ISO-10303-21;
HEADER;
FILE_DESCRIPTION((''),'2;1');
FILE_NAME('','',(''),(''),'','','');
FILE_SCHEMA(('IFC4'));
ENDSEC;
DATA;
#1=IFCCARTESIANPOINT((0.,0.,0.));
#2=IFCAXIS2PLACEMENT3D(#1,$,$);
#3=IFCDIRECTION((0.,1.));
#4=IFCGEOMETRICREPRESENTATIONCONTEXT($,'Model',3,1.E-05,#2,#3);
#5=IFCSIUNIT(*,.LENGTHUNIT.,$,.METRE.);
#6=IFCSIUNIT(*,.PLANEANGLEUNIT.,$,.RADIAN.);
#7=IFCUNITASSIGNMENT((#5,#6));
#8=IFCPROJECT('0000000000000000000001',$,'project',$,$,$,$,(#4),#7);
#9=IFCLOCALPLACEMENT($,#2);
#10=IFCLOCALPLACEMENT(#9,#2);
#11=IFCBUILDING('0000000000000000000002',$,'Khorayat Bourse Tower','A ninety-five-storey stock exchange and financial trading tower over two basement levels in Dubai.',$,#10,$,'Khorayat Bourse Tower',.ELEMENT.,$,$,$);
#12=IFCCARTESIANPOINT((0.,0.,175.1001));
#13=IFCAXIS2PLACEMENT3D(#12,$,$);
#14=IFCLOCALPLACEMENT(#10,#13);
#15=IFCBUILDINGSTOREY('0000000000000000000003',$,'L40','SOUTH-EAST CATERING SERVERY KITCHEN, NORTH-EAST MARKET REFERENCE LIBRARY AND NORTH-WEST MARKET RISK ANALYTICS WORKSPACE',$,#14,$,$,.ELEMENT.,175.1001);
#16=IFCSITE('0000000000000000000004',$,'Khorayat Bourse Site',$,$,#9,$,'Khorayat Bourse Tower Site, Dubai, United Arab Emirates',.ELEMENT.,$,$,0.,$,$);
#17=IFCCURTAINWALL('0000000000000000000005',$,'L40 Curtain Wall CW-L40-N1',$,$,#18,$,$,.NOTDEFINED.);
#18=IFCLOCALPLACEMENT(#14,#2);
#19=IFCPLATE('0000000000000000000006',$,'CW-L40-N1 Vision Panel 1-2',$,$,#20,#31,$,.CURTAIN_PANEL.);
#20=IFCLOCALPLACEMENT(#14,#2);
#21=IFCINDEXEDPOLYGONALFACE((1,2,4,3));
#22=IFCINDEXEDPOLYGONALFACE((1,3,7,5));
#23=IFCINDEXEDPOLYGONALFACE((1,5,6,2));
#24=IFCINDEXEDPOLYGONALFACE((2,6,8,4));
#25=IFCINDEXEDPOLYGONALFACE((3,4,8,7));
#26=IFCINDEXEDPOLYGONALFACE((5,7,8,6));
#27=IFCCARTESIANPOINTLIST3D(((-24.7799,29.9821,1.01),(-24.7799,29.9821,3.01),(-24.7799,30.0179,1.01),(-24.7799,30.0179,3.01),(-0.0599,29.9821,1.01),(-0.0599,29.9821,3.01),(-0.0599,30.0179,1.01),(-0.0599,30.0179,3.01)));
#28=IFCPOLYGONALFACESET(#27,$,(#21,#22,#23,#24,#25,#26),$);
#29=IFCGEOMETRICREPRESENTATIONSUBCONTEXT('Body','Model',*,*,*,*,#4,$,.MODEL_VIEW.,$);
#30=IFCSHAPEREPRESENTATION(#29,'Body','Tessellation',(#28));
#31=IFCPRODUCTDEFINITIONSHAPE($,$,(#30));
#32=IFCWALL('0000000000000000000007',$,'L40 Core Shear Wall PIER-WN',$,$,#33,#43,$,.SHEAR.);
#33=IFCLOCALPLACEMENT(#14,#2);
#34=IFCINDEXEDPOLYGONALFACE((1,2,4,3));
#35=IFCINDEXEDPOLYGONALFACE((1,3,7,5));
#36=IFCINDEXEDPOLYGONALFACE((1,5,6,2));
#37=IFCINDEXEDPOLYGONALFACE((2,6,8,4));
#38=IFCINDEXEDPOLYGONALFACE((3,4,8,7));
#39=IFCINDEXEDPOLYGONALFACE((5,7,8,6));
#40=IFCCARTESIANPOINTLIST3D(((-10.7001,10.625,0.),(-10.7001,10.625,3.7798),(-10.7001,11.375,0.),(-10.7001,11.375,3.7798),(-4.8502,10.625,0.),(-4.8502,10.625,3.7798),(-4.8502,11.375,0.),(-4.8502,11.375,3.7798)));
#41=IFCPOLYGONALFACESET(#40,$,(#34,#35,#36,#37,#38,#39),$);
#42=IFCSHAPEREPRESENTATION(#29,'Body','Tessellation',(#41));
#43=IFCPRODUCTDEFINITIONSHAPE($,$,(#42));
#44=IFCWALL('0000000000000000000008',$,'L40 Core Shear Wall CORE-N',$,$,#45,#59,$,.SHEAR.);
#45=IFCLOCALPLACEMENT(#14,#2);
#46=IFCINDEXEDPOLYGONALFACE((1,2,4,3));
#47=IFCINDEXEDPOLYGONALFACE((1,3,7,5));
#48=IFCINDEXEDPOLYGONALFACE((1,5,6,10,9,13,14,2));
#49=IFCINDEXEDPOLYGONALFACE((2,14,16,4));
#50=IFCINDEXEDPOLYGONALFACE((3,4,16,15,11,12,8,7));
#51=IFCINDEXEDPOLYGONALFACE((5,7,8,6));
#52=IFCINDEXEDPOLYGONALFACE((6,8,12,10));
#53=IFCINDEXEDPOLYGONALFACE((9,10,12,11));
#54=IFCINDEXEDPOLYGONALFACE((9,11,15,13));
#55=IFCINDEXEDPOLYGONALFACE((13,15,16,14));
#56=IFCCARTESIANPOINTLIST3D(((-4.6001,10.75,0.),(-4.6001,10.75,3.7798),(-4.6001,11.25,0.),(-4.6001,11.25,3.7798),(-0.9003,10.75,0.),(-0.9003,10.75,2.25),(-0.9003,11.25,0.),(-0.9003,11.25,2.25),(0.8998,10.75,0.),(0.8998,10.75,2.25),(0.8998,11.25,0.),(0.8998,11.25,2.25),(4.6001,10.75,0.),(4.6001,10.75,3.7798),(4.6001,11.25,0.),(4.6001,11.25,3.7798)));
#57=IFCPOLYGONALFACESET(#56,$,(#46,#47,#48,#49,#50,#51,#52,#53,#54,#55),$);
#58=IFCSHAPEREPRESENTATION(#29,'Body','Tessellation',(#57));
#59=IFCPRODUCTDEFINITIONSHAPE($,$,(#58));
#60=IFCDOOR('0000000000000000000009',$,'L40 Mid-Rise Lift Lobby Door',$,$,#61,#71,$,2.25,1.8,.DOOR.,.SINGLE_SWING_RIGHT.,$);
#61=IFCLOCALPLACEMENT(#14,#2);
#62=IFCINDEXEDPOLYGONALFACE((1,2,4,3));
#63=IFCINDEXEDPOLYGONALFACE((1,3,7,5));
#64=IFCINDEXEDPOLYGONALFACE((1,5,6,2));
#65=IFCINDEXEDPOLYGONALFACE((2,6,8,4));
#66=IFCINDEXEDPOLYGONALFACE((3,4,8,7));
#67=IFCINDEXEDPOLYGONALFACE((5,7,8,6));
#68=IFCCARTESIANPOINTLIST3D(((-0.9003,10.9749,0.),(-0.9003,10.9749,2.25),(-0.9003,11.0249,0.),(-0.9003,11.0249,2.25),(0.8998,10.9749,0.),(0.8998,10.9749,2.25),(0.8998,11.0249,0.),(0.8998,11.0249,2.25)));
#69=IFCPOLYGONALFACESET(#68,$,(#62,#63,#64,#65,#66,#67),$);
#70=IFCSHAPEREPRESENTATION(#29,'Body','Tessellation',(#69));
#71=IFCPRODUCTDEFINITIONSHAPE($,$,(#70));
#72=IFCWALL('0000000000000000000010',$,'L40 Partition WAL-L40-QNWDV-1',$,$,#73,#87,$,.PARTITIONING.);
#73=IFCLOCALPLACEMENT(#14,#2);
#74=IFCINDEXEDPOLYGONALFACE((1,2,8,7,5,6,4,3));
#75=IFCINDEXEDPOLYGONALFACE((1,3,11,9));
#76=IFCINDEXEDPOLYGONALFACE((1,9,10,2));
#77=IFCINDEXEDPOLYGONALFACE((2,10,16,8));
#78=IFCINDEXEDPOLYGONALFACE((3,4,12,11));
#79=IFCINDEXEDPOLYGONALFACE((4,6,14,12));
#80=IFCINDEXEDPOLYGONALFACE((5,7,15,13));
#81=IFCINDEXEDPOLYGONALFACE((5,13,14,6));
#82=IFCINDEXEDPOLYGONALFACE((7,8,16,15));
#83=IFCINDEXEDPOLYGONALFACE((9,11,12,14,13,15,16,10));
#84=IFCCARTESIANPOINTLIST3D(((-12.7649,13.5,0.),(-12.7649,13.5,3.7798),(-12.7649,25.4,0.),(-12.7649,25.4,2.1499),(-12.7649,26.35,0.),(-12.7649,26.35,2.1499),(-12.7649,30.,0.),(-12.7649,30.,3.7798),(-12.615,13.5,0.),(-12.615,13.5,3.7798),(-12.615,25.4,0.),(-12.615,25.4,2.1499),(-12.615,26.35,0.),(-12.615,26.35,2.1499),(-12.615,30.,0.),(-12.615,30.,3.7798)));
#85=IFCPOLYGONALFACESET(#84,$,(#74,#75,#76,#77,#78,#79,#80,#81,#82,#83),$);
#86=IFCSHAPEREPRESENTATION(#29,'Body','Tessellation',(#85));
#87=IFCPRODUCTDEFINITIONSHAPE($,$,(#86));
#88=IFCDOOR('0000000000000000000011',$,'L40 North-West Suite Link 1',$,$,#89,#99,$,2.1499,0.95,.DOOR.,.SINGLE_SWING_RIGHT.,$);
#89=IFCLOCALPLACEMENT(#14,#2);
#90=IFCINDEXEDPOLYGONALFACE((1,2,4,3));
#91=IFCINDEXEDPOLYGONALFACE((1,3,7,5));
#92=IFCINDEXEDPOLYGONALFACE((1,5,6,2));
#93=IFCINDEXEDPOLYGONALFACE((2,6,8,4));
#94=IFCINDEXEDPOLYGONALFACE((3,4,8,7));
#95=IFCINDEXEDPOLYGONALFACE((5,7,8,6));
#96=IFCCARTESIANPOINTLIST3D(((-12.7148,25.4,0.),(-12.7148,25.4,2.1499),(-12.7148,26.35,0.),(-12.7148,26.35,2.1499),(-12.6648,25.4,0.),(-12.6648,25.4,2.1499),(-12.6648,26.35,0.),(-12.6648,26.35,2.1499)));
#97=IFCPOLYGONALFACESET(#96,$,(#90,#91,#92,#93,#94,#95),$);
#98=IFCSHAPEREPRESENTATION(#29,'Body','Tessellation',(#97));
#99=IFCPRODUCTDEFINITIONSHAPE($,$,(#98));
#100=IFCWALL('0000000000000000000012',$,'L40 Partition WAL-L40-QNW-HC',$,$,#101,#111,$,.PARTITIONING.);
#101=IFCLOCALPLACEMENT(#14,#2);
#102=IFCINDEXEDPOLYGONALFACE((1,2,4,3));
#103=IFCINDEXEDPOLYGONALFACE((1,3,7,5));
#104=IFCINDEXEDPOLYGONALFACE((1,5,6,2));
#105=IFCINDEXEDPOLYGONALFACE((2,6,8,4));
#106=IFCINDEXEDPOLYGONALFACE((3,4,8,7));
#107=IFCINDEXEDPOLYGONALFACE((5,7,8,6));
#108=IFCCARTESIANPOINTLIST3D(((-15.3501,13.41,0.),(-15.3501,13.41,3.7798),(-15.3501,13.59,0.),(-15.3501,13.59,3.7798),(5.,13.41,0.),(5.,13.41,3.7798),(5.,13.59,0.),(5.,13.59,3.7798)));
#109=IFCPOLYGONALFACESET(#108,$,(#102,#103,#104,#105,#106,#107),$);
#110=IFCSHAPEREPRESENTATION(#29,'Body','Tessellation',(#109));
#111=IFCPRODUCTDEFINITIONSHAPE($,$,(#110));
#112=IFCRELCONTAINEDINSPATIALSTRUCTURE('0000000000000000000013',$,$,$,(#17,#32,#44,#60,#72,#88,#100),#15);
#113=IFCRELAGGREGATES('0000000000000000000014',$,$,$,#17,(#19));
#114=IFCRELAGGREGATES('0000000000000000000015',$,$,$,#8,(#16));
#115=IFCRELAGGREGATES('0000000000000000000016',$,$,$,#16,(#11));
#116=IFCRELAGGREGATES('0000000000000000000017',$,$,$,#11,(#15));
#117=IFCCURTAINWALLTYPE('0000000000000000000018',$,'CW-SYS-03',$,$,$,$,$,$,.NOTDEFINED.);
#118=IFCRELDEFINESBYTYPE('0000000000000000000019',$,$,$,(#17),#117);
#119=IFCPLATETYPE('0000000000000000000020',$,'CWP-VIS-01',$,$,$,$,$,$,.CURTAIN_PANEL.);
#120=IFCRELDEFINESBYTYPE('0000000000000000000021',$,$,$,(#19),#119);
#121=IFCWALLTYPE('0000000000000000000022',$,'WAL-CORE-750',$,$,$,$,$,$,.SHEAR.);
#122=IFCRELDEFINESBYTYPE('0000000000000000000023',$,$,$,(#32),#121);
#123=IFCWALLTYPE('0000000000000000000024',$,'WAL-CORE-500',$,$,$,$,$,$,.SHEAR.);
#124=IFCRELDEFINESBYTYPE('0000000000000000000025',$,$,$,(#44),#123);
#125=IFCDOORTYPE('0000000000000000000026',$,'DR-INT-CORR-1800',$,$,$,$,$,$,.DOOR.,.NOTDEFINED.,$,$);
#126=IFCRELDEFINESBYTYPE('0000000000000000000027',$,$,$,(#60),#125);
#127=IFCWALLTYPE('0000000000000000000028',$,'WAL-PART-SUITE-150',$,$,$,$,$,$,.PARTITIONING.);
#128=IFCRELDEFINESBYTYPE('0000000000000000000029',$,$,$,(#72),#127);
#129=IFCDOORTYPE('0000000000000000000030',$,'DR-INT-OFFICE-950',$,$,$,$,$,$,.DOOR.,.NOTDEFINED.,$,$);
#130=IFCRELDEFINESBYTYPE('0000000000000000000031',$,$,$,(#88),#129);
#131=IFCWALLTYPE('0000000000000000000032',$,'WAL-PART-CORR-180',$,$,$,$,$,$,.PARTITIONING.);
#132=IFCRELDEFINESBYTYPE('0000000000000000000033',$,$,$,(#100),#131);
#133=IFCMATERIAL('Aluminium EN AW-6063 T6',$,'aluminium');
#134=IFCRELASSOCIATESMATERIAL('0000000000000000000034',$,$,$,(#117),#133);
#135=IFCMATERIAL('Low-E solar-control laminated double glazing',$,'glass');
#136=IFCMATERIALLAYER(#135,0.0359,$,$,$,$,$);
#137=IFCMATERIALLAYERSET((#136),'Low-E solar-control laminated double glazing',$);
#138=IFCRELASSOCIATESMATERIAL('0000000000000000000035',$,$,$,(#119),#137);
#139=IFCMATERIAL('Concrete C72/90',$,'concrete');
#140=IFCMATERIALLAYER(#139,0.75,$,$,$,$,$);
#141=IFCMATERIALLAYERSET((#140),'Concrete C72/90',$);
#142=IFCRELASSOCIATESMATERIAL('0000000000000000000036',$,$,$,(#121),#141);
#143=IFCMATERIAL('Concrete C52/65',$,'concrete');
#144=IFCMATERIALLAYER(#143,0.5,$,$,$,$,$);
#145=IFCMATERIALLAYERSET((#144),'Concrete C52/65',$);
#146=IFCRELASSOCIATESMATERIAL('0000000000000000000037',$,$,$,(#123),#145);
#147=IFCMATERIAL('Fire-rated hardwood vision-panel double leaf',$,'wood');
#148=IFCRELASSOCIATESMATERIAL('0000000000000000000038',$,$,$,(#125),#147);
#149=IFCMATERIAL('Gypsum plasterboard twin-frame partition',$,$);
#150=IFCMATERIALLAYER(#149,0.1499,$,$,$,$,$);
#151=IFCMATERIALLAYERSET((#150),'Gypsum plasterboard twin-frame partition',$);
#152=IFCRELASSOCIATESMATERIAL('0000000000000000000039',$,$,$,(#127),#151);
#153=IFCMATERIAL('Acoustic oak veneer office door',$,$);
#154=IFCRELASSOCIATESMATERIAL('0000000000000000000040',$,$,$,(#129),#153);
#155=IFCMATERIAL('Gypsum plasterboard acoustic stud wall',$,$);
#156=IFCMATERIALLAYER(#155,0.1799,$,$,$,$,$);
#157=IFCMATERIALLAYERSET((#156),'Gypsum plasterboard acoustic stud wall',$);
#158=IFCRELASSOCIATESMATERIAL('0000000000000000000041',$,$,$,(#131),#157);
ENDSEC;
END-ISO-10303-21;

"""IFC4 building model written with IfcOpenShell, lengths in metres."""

from ifc_helpers import new_model, si_unit, direction, frame, frame_2d, origin, origin_2d, place, context, subcontext, project, spatial, rectangle, extrude, source, transform, mapped, material, layer, layer_set, type_object, element, fill, aggregate, save


model = new_model("IFC4")

# Units and contexts
model_context = context("Model", 3, precision=1e-05, world=origin(), true_north=direction((0.0, 1.0)))
body_context = subcontext(model_context, "Body", "Model", "MODEL_VIEW")
ifc_project = project(units=[si_unit("LENGTHUNIT", "METRE"), si_unit("PLANEANGLEUNIT", "RADIAN")], contexts=[model_context])

# Site, building, storey
site_placement = place(None, origin())
site = spatial("IfcSite", under=ifc_project, at=site_placement, Name="Khorayat Bourse Site", LongName="Khorayat Bourse Tower Site, Dubai, United Arab Emirates", CompositionType="ELEMENT", RefElevation=0.0)
building_placement = place(site_placement, origin())
building = spatial("IfcBuilding", under=site, at=building_placement, Name="Khorayat Bourse Tower", Description="A ninety-five-storey stock exchange and financial trading tower over two basement levels in Dubai.", LongName="Khorayat Bourse Tower", CompositionType="ELEMENT")
storey_placement = place(building_placement, frame((0.0, 0.0, 175.1001)))
storey = spatial("IfcBuildingStorey", under=building, at=storey_placement, Name="L40", Description="SOUTH-EAST CATERING SERVERY KITCHEN, NORTH-EAST MARKET REFERENCE LIBRARY AND NORTH-WEST MARKET RISK ANALYTICS WORKSPACE", CompositionType="ELEMENT", Elevation=175.1001)

# Shared definitions
ifc_material_1 = material(Name="Concrete C72/90", Category="concrete")

# Curtain wall
ifc_material_2 = material(Name="Aluminium EN AW-6063 T6", Category="aluminium")
curtain_wall_type = type_object("IfcCurtainWallType", Name="CW-SYS-03", PredefinedType="NOTDEFINED", material=ifc_material_2)
curtain_wall_placement = place(storey_placement, origin())
curtain_wall = element("IfcCurtainWall", 1, at=curtain_wall_placement, inside=storey, type_object=curtain_wall_type, Name="L40 Curtain Wall CW-L40-N1", PredefinedType="NOTDEFINED")

# Plate
ifc_material_3 = material(Name="Low-E solar-control laminated double glazing", Category="glass")
ifc_layer_1 = layer(ifc_material_3, 0.0359)
ifc_layer_set_1 = layer_set([ifc_layer_1], Name="Low-E solar-control laminated double glazing")
plate_type_1 = type_object("IfcPlateType", Name="CWP-VIS-01", PredefinedType="CURTAIN_PANEL", material=ifc_layer_set_1)
shared_shape_1 = source(origin(), body_context, "Body", "SweptSolid", [
    extrude(rectangle(XDim=24.72, YDim=0.0359, at=origin_2d()), origin(), (0.0, 0.0, 1.0), 2.0),
])
plate_1_placement = place(storey_placement, frame((-12.4199, 30.0, 1.01), z_axis=(0.0, 0.0, 1.0), x_axis=(1.0, 0.0, 0.0)))
plate_1 = element("IfcPlate", 2, at=plate_1_placement, type_object=plate_type_1, Name="CW-L40-N1 Vision Panel 1-2", PredefinedType="CURTAIN_PANEL", context=body_context, shape_type="MappedRepresentation", body=[
    mapped(shared_shape_1, transform((0.0, 0.0, 0.0), scale=1.0)),
])
aggregate(curtain_wall, [plate_1])

# Wall
ifc_layer_2 = layer(ifc_material_1, 0.75)
ifc_layer_set_2 = layer_set([ifc_layer_2], Name="Concrete C72/90")
wall_type_1 = type_object("IfcWallType", Name="WAL-CORE-750", PredefinedType="SHEAR", material=ifc_layer_set_2)
shared_shape_2 = source(origin(), body_context, "Body", "SweptSolid", [
    extrude(rectangle(XDim=5.8499, YDim=0.75, at=frame_2d((2.9248, 0.0))), origin(), (0.0, 0.0, 1.0), 3.7798),
])
wall_1_placement = place(storey_placement, frame((-10.7, 11.0, 0.0), z_axis=(0.0, 0.0, 1.0), x_axis=(1.0, 0.0, 0.0)))
element("IfcWall", 3, at=wall_1_placement, inside=storey, type_object=wall_type_1, Name="L40 Core Shear Wall PIER-WN", PredefinedType="SHEAR", context=body_context, shape_type="MappedRepresentation", body=[
    mapped(shared_shape_2, transform((0.0, 0.0, 0.0), scale=1.0)),
])

# Walls, openings, doors
ifc_material_4 = material(Name="Concrete C52/65", Category="concrete")
ifc_layer_3 = layer(ifc_material_4, 0.5)
ifc_layer_set_3 = layer_set([ifc_layer_3], Name="Concrete C52/65")
wall_type_2 = type_object("IfcWallType", Name="WAL-CORE-500", PredefinedType="SHEAR", material=ifc_layer_set_3)
shared_shape_3 = source(origin(), body_context, "Body", "SweptSolid", [
    extrude(rectangle(XDim=9.2002, YDim=0.5, at=frame_2d((4.6001, 0.0))), origin(), (0.0, 0.0, 1.0), 3.7798),
])
wall_2_placement = place(storey_placement, frame((-4.6001, 11.0, 0.0), z_axis=(0.0, 0.0, 1.0), x_axis=(1.0, 0.0, 0.0)))
wall_2 = element("IfcWall", 4, at=wall_2_placement, inside=storey, type_object=wall_type_2, Name="L40 Core Shear Wall CORE-N", PredefinedType="SHEAR", context=body_context, shape_type="MappedRepresentation", body=[
    mapped(shared_shape_3, transform((0.0, 0.0, 0.0), scale=1.0)),
])
shared_shape_4 = source(origin(), body_context, "Body", "SweptSolid", [
    extrude(rectangle(XDim=1.8, YDim=2.25, at=frame_2d((0.8999, 1.125))), frame((0.0, 0.26, 0.0), z_axis=(0.0, -1.0, 0.0), x_axis=(1.0, 0.0, 0.0)), (0.0, 0.0, 1.0), 0.52),
])
opening_1_placement = place(wall_2_placement, frame((3.7, 0.0, 0.0)))
opening_1 = element("IfcOpeningElement", 5, at=opening_1_placement, cuts=wall_2, PredefinedType="OPENING", context=body_context, shape_type="MappedRepresentation", body=[
    mapped(shared_shape_4, transform((0.0, 0.0, 0.0), scale=1.0)),
])
ifc_material_5 = material(Name="Fire-rated hardwood vision-panel double leaf", Category="wood")
door_type_1 = type_object("IfcDoorType", Name="DR-INT-CORR-1800", OperationType="NOTDEFINED", PredefinedType="DOOR", material=ifc_material_5)
shared_shape_5 = source(origin(), body_context, "Body", "SweptSolid", [
    extrude(rectangle(XDim=1.8, YDim=2.25, at=frame_2d((0.8999, 1.125))), frame((0.0, 0.0249, 0.0), z_axis=(0.0, -1.0, 0.0), x_axis=(1.0, 0.0, 0.0)), (0.0, 0.0, 1.0), 0.05),
])
door_1_placement = place(opening_1_placement, origin())
door_1 = element("IfcDoor", 6, at=door_1_placement, inside=storey, type_object=door_type_1, Name="L40 Mid-Rise Lift Lobby Door", OperationType="SINGLE_SWING_RIGHT", OverallHeight=2.25, OverallWidth=1.8, PredefinedType="DOOR", context=body_context, shape_type="MappedRepresentation", body=[
    mapped(shared_shape_5, transform((0.0, 0.0, 0.0), scale=1.0)),
])
fill(opening_1, door_1)
ifc_material_6 = material(Name="Gypsum plasterboard twin-frame partition")
ifc_layer_4 = layer(ifc_material_6, 0.1499)
ifc_layer_set_4 = layer_set([ifc_layer_4], Name="Gypsum plasterboard twin-frame partition")
wall_type_3 = type_object("IfcWallType", Name="WAL-PART-SUITE-150", PredefinedType="PARTITIONING", material=ifc_layer_set_4)
shared_shape_6 = source(origin(), body_context, "Body", "SweptSolid", [
    extrude(rectangle(XDim=16.5, YDim=0.1499, at=frame_2d((8.25, 0.0))), origin(), (0.0, 0.0, 1.0), 3.7798),
])
wall_3_placement = place(storey_placement, frame((-12.6899, 13.5, 0.0), z_axis=(0.0, 0.0, 1.0), x_axis=(0.0, 1.0, 0.0)))
wall_3 = element("IfcWall", 7, at=wall_3_placement, inside=storey, type_object=wall_type_3, Name="L40 Partition WAL-L40-QNWDV-1", PredefinedType="PARTITIONING", context=body_context, shape_type="MappedRepresentation", body=[
    mapped(shared_shape_6, transform((0.0, 0.0, 0.0), scale=1.0)),
])
shared_shape_7 = source(origin(), body_context, "Body", "SweptSolid", [
    extrude(rectangle(XDim=0.95, YDim=2.1499, at=frame_2d((0.4751, 1.075))), frame((0.0, 0.085, 0.0), z_axis=(0.0, -1.0, 0.0), x_axis=(1.0, 0.0, 0.0)), (0.0, 0.0, 1.0), 0.1699),
])
opening_2_placement = place(wall_3_placement, frame((11.8999, 0.0, 0.0)))
opening_2 = element("IfcOpeningElement", 8, at=opening_2_placement, cuts=wall_3, PredefinedType="OPENING", context=body_context, shape_type="MappedRepresentation", body=[
    mapped(shared_shape_7, transform((0.0, 0.0, 0.0), scale=1.0)),
])
ifc_material_7 = material(Name="Acoustic oak veneer office door")
door_type_2 = type_object("IfcDoorType", Name="DR-INT-OFFICE-950", OperationType="NOTDEFINED", PredefinedType="DOOR", material=ifc_material_7)
shared_shape_8 = source(origin(), body_context, "Body", "SweptSolid", [
    extrude(rectangle(XDim=0.95, YDim=2.1499, at=frame_2d((0.4751, 1.075))), frame((0.0, 0.0249, 0.0), z_axis=(0.0, -1.0, 0.0), x_axis=(1.0, 0.0, 0.0)), (0.0, 0.0, 1.0), 0.05),
])
door_2_placement = place(opening_2_placement, origin())
door_2 = element("IfcDoor", 9, at=door_2_placement, inside=storey, type_object=door_type_2, Name="L40 North-West Suite Link 1", OperationType="SINGLE_SWING_RIGHT", OverallHeight=2.1499, OverallWidth=0.95, PredefinedType="DOOR", context=body_context, shape_type="MappedRepresentation", body=[
    mapped(shared_shape_8, transform((0.0, 0.0, 0.0), scale=1.0)),
])
fill(opening_2, door_2)

# Wall
ifc_material_8 = material(Name="Gypsum plasterboard acoustic stud wall")
ifc_layer_5 = layer(ifc_material_8, 0.1799)
ifc_layer_set_5 = layer_set([ifc_layer_5], Name="Gypsum plasterboard acoustic stud wall")
wall_type_4 = type_object("IfcWallType", Name="WAL-PART-CORR-180", PredefinedType="PARTITIONING", material=ifc_layer_set_5)
shared_shape_9 = source(origin(), body_context, "Body", "SweptSolid", [
    extrude(rectangle(XDim=20.3501, YDim=0.1799, at=frame_2d((10.175, 0.0))), origin(), (0.0, 0.0, 1.0), 3.7798),
])
wall_4_placement = place(storey_placement, frame((-15.3501, 13.5, 0.0), z_axis=(0.0, 0.0, 1.0), x_axis=(1.0, 0.0, 0.0)))
element("IfcWall", 10, at=wall_4_placement, inside=storey, type_object=wall_type_4, Name="L40 Partition WAL-L40-QNW-HC", PredefinedType="PARTITIONING", context=body_context, shape_type="MappedRepresentation", body=[
    mapped(shared_shape_9, transform((0.0, 0.0, 0.0), scale=1.0)),
])

save(model, "model.ifc")
